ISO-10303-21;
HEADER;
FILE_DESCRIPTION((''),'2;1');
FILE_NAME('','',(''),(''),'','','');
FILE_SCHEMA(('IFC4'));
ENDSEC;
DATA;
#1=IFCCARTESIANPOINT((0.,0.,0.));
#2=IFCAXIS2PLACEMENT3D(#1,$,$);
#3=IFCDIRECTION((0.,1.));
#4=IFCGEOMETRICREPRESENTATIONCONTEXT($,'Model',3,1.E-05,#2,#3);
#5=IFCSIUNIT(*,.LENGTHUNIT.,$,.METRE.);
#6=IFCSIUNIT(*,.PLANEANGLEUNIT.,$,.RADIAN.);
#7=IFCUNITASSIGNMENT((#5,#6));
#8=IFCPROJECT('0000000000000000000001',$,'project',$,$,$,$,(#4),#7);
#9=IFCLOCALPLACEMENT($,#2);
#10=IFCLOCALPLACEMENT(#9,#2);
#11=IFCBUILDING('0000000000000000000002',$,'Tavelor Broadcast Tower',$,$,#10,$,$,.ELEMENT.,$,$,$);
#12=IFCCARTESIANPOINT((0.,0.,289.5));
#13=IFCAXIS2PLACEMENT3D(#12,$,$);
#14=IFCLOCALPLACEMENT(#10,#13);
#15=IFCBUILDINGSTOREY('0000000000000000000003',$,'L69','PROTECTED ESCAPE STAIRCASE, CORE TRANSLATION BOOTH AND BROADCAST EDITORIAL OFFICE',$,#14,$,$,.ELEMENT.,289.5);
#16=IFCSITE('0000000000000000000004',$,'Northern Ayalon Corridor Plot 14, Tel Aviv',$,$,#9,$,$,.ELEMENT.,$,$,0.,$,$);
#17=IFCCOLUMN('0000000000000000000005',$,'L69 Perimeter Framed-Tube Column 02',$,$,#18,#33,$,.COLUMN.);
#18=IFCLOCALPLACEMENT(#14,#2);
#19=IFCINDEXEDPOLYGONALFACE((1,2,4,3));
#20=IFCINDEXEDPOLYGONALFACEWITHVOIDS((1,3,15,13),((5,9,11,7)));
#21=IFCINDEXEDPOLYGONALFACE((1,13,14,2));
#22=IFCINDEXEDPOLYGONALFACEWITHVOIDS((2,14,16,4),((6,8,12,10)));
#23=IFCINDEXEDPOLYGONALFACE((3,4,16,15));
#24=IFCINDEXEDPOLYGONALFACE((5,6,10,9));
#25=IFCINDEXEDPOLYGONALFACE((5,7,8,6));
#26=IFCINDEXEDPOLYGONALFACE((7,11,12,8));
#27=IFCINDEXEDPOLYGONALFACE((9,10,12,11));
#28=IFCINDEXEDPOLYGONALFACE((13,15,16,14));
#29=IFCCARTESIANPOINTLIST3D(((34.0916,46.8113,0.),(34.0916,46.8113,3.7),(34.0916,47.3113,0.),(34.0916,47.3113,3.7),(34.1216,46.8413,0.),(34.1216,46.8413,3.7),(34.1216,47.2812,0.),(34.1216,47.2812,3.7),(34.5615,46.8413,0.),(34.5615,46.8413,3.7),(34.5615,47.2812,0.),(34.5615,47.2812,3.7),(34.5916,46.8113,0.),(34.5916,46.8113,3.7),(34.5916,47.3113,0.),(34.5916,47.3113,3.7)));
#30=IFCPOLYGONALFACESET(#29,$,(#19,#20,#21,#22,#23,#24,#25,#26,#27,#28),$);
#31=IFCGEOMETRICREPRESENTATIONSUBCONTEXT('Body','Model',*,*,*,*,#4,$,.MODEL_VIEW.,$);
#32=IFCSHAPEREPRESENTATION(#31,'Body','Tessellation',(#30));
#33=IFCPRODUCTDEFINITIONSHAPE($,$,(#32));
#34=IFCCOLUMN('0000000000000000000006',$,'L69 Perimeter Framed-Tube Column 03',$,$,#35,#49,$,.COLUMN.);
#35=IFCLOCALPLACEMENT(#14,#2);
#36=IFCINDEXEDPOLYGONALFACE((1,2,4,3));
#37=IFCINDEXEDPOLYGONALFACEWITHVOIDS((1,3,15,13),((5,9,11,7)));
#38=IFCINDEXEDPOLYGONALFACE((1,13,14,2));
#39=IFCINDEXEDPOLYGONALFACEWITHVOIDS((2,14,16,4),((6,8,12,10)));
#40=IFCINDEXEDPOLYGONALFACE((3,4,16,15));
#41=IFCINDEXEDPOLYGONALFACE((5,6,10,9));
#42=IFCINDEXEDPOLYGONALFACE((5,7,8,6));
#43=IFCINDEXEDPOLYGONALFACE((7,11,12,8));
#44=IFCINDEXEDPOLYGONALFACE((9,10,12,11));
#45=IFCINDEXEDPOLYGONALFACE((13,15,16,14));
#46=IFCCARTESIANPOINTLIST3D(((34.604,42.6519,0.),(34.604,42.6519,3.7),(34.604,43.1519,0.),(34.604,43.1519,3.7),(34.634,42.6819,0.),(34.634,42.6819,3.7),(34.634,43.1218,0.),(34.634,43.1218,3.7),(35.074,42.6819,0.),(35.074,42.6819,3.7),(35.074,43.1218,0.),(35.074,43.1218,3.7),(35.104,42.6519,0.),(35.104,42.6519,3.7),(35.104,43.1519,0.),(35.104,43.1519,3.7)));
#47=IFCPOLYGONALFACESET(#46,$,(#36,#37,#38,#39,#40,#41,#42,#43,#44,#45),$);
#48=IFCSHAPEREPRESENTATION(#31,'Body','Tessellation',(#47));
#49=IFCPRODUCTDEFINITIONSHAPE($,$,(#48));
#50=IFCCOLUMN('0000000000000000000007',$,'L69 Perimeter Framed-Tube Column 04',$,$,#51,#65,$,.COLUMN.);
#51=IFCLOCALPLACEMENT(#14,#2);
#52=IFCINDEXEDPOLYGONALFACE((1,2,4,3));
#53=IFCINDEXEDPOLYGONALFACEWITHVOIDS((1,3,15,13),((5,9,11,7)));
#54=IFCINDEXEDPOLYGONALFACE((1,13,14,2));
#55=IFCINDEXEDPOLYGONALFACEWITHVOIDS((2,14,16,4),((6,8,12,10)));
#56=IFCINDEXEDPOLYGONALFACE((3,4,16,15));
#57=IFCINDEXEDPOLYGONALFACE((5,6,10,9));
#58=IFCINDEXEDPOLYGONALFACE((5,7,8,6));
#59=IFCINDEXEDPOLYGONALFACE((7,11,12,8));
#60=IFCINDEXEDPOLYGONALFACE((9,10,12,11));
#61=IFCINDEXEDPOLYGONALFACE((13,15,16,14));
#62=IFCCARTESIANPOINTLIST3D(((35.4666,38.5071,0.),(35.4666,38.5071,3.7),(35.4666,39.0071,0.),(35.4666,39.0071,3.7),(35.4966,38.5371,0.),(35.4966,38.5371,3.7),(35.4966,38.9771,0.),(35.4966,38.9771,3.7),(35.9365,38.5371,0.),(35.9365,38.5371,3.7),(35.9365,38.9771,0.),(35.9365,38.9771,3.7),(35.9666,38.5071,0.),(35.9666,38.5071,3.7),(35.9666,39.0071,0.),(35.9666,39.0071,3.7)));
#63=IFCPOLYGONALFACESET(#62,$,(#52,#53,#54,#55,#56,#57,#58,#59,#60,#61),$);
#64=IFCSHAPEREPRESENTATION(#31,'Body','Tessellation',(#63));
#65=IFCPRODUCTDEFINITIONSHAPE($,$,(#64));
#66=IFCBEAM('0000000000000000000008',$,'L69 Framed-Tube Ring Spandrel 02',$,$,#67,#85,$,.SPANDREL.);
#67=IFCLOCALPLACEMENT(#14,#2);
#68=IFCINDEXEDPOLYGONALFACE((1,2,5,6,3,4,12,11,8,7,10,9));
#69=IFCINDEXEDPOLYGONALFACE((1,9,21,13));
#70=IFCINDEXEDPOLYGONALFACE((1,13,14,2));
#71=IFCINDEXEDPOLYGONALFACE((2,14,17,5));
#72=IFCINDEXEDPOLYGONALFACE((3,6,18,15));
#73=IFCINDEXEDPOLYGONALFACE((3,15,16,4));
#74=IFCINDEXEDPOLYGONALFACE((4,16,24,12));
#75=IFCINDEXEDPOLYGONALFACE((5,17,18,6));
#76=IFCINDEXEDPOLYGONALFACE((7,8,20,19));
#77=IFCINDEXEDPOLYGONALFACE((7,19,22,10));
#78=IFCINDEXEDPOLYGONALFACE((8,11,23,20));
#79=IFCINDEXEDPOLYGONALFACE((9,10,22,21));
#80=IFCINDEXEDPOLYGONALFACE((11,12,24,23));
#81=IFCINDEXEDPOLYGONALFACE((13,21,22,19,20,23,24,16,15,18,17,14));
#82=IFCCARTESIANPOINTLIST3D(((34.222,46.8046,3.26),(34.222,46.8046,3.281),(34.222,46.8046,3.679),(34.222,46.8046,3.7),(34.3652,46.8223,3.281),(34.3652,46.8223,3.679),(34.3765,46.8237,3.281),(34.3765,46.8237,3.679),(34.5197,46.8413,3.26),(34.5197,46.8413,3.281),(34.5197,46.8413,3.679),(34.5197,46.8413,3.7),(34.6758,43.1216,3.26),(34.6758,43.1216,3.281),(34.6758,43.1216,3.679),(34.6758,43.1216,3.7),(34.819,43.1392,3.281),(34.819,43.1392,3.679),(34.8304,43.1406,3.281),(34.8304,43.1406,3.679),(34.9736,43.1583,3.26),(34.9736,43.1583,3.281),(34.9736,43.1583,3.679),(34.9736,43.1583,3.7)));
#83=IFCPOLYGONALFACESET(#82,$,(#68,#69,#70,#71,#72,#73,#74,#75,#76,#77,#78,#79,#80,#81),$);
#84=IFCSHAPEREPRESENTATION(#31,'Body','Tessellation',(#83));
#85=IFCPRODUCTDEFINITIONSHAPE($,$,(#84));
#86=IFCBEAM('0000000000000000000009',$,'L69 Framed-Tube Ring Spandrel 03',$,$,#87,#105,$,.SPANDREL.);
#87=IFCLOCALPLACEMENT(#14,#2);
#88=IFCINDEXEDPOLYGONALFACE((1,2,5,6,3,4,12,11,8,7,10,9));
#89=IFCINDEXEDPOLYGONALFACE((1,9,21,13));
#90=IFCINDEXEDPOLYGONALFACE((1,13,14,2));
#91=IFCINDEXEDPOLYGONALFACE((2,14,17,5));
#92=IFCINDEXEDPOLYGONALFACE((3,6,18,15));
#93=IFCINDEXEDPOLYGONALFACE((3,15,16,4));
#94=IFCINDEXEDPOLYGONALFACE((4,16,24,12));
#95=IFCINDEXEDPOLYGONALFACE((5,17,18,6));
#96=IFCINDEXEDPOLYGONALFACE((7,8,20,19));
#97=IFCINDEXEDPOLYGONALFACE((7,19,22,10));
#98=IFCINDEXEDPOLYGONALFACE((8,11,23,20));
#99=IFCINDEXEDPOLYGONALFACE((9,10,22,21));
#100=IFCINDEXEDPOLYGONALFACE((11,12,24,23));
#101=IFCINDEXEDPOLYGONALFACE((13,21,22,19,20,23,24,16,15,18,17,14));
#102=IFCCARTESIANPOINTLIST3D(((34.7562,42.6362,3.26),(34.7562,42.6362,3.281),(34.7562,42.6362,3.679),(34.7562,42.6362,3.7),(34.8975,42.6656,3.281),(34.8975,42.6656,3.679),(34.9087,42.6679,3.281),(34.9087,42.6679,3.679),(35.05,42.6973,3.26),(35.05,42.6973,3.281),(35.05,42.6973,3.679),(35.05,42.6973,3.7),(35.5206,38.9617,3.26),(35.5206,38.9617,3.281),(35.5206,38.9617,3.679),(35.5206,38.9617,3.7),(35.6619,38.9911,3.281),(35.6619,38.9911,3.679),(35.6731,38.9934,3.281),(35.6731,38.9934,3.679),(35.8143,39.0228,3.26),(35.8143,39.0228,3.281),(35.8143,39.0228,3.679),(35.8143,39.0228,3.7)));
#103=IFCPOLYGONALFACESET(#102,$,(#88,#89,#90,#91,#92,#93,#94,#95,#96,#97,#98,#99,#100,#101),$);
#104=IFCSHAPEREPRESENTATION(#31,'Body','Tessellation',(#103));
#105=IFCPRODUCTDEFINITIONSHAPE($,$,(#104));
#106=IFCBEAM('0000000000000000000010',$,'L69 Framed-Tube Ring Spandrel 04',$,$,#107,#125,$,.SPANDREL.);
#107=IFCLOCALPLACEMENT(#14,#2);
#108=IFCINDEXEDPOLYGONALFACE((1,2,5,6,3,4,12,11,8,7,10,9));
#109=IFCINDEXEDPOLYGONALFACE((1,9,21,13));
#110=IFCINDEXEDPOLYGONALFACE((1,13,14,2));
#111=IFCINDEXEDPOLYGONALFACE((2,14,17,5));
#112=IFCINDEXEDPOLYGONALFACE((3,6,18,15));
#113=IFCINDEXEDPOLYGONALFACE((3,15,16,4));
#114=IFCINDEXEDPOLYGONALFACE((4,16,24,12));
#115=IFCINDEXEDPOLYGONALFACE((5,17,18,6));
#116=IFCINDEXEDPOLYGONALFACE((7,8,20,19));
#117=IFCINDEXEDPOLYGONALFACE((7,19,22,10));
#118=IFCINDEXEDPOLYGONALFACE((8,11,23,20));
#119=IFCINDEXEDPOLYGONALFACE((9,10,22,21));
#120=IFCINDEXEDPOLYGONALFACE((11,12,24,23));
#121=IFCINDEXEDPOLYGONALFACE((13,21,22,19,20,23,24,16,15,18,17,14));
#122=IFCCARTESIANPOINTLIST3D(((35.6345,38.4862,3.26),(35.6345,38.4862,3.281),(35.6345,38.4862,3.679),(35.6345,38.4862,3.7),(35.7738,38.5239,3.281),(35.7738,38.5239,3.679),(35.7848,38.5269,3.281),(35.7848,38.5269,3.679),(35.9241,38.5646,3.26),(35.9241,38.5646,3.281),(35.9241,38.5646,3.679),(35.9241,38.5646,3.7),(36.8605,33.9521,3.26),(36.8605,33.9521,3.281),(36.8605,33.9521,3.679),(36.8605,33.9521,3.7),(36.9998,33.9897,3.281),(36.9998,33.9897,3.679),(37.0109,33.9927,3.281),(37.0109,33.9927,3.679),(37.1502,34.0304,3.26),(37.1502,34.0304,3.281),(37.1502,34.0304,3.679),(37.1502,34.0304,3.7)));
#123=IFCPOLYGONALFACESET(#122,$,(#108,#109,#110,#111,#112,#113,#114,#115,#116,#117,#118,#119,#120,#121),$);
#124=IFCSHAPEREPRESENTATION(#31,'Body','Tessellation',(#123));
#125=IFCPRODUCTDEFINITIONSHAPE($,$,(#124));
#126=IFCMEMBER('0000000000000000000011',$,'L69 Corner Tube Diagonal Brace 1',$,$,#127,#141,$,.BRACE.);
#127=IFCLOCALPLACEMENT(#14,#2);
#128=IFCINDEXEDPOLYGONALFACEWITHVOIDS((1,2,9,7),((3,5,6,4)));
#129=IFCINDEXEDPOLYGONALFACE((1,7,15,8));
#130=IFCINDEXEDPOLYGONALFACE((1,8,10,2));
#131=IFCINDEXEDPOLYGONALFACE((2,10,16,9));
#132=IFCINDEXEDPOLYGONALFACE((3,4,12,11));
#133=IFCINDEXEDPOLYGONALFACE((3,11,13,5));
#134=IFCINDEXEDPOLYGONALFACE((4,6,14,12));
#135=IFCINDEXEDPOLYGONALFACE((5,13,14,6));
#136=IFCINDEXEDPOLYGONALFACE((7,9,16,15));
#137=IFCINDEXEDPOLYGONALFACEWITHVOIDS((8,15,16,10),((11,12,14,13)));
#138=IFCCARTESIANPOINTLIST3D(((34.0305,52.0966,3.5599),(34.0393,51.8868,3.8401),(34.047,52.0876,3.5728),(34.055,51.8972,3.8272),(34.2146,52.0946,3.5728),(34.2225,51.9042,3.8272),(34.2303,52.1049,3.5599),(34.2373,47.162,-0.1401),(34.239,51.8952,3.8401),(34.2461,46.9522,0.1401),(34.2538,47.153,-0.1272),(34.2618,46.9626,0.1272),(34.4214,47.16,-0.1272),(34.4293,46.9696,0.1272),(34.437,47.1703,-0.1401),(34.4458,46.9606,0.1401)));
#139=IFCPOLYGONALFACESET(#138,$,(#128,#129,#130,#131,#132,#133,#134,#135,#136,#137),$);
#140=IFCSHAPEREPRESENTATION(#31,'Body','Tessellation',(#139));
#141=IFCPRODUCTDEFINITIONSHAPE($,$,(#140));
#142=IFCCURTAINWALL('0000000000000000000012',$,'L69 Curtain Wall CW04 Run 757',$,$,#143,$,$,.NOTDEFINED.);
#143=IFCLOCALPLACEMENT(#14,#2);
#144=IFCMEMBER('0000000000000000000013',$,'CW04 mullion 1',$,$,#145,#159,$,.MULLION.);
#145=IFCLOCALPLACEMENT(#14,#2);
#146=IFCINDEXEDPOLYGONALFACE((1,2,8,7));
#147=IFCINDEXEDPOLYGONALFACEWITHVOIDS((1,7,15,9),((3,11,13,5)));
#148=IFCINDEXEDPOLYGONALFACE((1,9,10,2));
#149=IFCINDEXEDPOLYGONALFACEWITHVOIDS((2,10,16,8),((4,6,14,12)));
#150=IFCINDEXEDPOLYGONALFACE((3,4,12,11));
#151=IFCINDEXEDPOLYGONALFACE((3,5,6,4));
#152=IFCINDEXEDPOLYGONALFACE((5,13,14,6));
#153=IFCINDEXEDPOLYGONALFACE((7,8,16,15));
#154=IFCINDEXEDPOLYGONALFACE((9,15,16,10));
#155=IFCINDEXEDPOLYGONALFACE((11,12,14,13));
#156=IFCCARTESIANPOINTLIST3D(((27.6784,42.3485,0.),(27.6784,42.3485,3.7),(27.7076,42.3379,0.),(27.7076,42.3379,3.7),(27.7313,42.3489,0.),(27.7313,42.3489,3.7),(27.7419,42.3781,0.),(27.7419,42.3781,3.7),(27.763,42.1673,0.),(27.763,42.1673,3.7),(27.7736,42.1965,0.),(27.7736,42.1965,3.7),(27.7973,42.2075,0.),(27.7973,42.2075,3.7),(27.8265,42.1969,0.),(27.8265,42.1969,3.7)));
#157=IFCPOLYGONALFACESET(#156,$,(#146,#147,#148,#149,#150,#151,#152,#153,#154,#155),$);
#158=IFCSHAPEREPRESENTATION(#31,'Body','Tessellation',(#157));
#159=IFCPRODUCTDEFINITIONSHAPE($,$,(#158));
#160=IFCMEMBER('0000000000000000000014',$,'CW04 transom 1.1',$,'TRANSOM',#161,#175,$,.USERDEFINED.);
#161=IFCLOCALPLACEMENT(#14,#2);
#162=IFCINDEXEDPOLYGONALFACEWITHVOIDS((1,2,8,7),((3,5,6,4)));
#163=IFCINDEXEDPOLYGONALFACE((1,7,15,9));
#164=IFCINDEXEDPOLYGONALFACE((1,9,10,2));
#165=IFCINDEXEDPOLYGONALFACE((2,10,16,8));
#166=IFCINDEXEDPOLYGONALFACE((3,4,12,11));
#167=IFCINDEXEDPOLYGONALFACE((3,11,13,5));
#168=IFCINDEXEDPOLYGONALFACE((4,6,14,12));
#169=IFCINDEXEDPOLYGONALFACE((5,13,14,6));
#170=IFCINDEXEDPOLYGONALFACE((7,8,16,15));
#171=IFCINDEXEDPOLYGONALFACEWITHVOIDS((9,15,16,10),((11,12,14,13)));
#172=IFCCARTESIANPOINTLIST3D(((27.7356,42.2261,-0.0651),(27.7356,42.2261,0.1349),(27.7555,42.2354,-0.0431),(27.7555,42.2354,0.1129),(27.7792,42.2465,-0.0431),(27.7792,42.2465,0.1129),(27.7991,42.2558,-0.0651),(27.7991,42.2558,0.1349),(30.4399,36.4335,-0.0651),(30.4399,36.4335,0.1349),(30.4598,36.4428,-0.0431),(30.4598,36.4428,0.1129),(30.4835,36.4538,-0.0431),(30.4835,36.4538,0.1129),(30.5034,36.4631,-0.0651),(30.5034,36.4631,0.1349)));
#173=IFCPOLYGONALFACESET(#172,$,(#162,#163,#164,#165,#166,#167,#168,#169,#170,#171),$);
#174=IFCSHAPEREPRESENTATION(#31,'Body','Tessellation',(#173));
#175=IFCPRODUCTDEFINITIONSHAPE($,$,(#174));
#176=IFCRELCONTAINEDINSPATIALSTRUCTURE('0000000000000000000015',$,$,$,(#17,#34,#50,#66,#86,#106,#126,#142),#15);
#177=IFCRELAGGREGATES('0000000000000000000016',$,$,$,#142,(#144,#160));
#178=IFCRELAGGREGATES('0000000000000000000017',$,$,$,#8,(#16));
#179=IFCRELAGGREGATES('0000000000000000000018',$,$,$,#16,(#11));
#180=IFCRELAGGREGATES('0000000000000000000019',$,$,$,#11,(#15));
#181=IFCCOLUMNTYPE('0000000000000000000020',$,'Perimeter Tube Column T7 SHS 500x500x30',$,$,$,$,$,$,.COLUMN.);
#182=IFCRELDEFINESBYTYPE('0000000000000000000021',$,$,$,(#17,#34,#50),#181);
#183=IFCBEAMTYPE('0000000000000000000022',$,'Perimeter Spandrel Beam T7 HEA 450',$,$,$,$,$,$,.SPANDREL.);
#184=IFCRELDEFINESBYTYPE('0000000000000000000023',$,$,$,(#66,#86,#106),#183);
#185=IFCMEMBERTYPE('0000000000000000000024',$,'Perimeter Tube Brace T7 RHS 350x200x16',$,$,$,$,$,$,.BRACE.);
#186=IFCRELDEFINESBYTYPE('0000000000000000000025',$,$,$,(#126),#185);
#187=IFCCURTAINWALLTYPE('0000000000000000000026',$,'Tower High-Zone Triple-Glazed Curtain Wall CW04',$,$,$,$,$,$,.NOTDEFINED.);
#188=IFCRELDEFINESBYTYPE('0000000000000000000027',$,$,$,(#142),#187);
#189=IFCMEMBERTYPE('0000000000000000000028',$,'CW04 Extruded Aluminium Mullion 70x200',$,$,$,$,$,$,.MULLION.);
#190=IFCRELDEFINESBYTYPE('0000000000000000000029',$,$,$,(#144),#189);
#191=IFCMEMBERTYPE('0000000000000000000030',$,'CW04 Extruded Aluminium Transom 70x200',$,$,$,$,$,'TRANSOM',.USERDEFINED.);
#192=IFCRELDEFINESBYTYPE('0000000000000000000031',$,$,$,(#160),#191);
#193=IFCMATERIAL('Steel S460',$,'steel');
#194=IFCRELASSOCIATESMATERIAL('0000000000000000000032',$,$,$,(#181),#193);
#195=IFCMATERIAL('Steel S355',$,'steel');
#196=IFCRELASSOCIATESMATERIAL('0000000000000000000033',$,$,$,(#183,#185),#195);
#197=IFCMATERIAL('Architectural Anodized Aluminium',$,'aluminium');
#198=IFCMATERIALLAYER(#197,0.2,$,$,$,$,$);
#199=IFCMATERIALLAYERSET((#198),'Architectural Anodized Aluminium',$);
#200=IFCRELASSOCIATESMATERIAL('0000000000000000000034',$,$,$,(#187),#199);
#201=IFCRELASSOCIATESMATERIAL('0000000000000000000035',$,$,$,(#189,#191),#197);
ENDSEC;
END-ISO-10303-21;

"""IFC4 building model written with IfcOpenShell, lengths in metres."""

from ifc_helpers import new_model, si_unit, direction, frame, origin, origin_2d, place, context, subcontext, project, spatial, hollow_rectangle, i_section, extrude, source, transform, mapped, material, layer, layer_set, material_profile, profile_set, type_object, type_shapes, element, aggregate, save


model = new_model("IFC4")

# Units and contexts
model_context = context("Model", 3, precision=1e-05, world=origin(), true_north=direction((0.0, 1.0)))
body_context = subcontext(model_context, "Body", "Model", "MODEL_VIEW")
ifc_project = project(units=[si_unit("LENGTHUNIT", "METRE"), si_unit("PLANEANGLEUNIT", "RADIAN")], contexts=[model_context])

# Site, building, storey
site_placement = place(None, origin())
site = spatial("IfcSite", under=ifc_project, at=site_placement, Name="Northern Ayalon Corridor Plot 14, Tel Aviv", CompositionType="ELEMENT", RefElevation=0.0)
building_placement = place(site_placement, origin())
building = spatial("IfcBuilding", under=site, at=building_placement, Name="Tavelor Broadcast Tower", CompositionType="ELEMENT")
storey_placement = place(building_placement, frame((0.0, 0.0, 289.5)))
storey = spatial("IfcBuildingStorey", under=building, at=storey_placement, Name="L69", Description="PROTECTED ESCAPE STAIRCASE, CORE TRANSLATION BOOTH AND BROADCAST EDITORIAL OFFICE", CompositionType="ELEMENT", Elevation=289.5)

# Columns
ifc_material_1 = material(Name="Steel S460", Category="steel")
ifc_material_profile_1 = material_profile(ifc_material_1, hollow_rectangle(XDim=0.5, YDim=0.5, WallThickness=0.03, at=origin_2d()), Name="SHS 500x500x30")
ifc_profile_set_1 = profile_set([ifc_material_profile_1], Name="Steel S460")
column_type = type_object("IfcColumnType", Name="Perimeter Tube Column T7 SHS 500x500x30", PredefinedType="COLUMN", material=ifc_profile_set_1)
for number, where, z_axis, x_axis, name in (
    (1, (34.3416, 47.0613, 0.0), (0.0, 0.0, 1.0), (1.0, 0.0, 0.0), "L69 Perimeter Framed-Tube Column 02"),
    (2, (34.854, 42.9019, 0.0), (0.0, 0.0, 1.0), (1.0, 0.0, 0.0), "L69 Perimeter Framed-Tube Column 03"),
    (3, (35.7166, 38.7571, 0.0), (0.0, 0.0, 1.0), (1.0, 0.0, 0.0), "L69 Perimeter Framed-Tube Column 04"),
):
    element("IfcColumn", number, at=place(storey_placement, frame(where, z_axis=z_axis, x_axis=x_axis)), inside=storey, type_object=column_type, Name=name, PredefinedType="COLUMN", context=body_context, shape_type="SweptSolid", body=[
        extrude(hollow_rectangle(XDim=0.5, YDim=0.5, WallThickness=0.03, at=origin_2d()), origin(), (0.0, 0.0, 1.0), 3.7),
    ])

# Beams
ifc_material_2 = material(Name="Steel S355", Category="steel")
ifc_material_profile_2 = material_profile(ifc_material_2, i_section(OverallWidth=0.3, OverallDepth=0.4399, WebThickness=0.0115, FlangeThickness=0.021, at=origin_2d()), Name="HEA 450")
ifc_profile_set_2 = profile_set([ifc_material_profile_2], Name="Steel S355")
beam_type = type_object("IfcBeamType", Name="Perimeter Spandrel Beam T7 HEA 450", PredefinedType="SPANDREL", material=ifc_profile_set_2)
beam_1_placement = place(storey_placement, frame((34.3708, 46.823, 3.48), z_axis=(0.122302, -0.992493, 0.0), x_axis=(0.992493, 0.122302, 0.0)))
element("IfcBeam", 4, at=beam_1_placement, inside=storey, type_object=beam_type, Name="L69 Framed-Tube Ring Spandrel 02", PredefinedType="SPANDREL", context=body_context, shape_type="SweptSolid", body=[
    extrude(i_section(OverallWidth=0.3, OverallDepth=0.4399, WebThickness=0.0115, FlangeThickness=0.021, at=origin_2d()), origin(), (0.0, 0.0, 1.0), 3.7109),
])
beam_2_placement = place(storey_placement, frame((34.9031, 42.6667, 3.48), z_axis=(0.203666, -0.97904, 0.0), x_axis=(0.97904, 0.203666, 0.0)))
element("IfcBeam", 5, at=beam_2_placement, inside=storey, type_object=beam_type, Name="L69 Framed-Tube Ring Spandrel 03", PredefinedType="SPANDREL", context=body_context, shape_type="SweptSolid", body=[
    extrude(i_section(OverallWidth=0.3, OverallDepth=0.4399, WebThickness=0.0115, FlangeThickness=0.021, at=origin_2d()), origin(), (0.0, 0.0, 1.0), 3.7532),
])
beam_3_placement = place(storey_placement, frame((35.7793, 38.5254, 3.48), z_axis=(0.261032, -0.96533, 0.0), x_axis=(0.96533, 0.261032, 0.0)))
element("IfcBeam", 6, at=beam_3_placement, inside=storey, type_object=beam_type, Name="L69 Framed-Tube Ring Spandrel 04", PredefinedType="SPANDREL", context=body_context, shape_type="SweptSolid", body=[
    extrude(i_section(OverallWidth=0.3, OverallDepth=0.4399, WebThickness=0.0115, FlangeThickness=0.021, at=origin_2d()), origin(), (0.0, 0.0, 1.0), 4.697),
])

# Member
ifc_material_profile_3 = material_profile(ifc_material_2, hollow_rectangle(XDim=0.2, YDim=0.3501, WallThickness=0.0161, at=origin_2d()), Name="RHS 350x200x16")
ifc_profile_set_3 = profile_set([ifc_material_profile_3], Name="Steel S355")
member_type_1 = type_object("IfcMemberType", Name="Perimeter Tube Brace T7 RHS 350x200x16", PredefinedType="BRACE", material=ifc_profile_set_3)
member_1_placement = place(storey_placement, frame((34.3416, 47.0613, 0.0), z_axis=(-0.033509, 0.799627, 0.599562), x_axis=(-0.999123, -0.041869, 0.0)))
element("IfcMember", 7, at=member_1_placement, inside=storey, type_object=member_type_1, Name="L69 Corner Tube Diagonal Brace 1", PredefinedType="BRACE", context=body_context, shape_type="SweptSolid", body=[
    extrude(hollow_rectangle(XDim=0.2, YDim=0.3501, WallThickness=0.0161, at=origin_2d()), origin(), (0.0, 0.0, 1.0), 6.1711),
])

# Curtain wall, members
ifc_material_3 = material(Name="Architectural Anodized Aluminium", Category="aluminium")
ifc_layer_1 = layer(ifc_material_3, 0.2)
ifc_layer_set_1 = layer_set([ifc_layer_1], Name="Architectural Anodized Aluminium")
curtain_wall_type = type_object("IfcCurtainWallType", Name="Tower High-Zone Triple-Glazed Curtain Wall CW04", PredefinedType="NOTDEFINED", material=ifc_layer_set_1)
curtain_wall_placement = place(storey_placement, origin())
curtain_wall = element("IfcCurtainWall", 8, at=curtain_wall_placement, inside=storey, type_object=curtain_wall_type, Name="L69 Curtain Wall CW04 Run 757", PredefinedType="NOTDEFINED")
ifc_material_profile_4 = material_profile(ifc_material_3, hollow_rectangle(XDim=0.0701, YDim=0.2, WallThickness=0.022, at=origin_2d()), Name="RHS 70x200x22")
ifc_profile_set_4 = profile_set([ifc_material_profile_4], Name="Architectural Anodized Aluminium")
member_type_2 = type_object("IfcMemberType", Name="CW04 Extruded Aluminium Mullion 70x200", PredefinedType="MULLION", material=ifc_profile_set_4)
shared_shape_1 = source(origin(), body_context, "Body", "SweptSolid", [
    extrude(hollow_rectangle(XDim=0.0701, YDim=0.2, WallThickness=0.022, at=origin_2d()), origin(), (0.0, 0.0, 1.0), 3.7),
])
type_shapes(member_type_2, [shared_shape_1])
member_2_placement = place(storey_placement, frame((27.7524, 42.2727, 0.0), z_axis=(0.0, 0.0, 1.0), x_axis=(0.906129, 0.423002, 0.0)))
member_2 = element("IfcMember", 9, at=member_2_placement, type_object=member_type_2, Name="CW04 mullion 1", PredefinedType="MULLION", context=body_context, shape_type="MappedRepresentation", body=[
    mapped(shared_shape_1, transform((0.0, 0.0, 0.0), scale=1.0)),
])
ifc_material_profile_5 = material_profile(ifc_material_3, hollow_rectangle(XDim=0.0701, YDim=0.2, WallThickness=0.022, at=origin_2d()), Name="RHS 70x200x22")
ifc_profile_set_5 = profile_set([ifc_material_profile_5], Name="Architectural Anodized Aluminium")
member_type_3 = type_object("IfcMemberType", Name="CW04 Extruded Aluminium Transom 70x200", ElementType="TRANSOM", PredefinedType="USERDEFINED", material=ifc_profile_set_5)
shared_shape_2 = source(origin(), body_context, "Body", "SweptSolid", [
    extrude(hollow_rectangle(XDim=0.0701, YDim=0.2, WallThickness=0.022, at=origin_2d()), origin(), (0.0, 0.0, 1.0), 6.3928),
])
type_shapes(member_type_3, [shared_shape_2])
member_3_placement = place(storey_placement, frame((27.7673, 42.241, 0.0349), z_axis=(0.423023, -0.906119, 0.0), x_axis=(0.906119, 0.423023, 0.0)))
member_3 = element("IfcMember", 10, at=member_3_placement, type_object=member_type_3, Name="CW04 transom 1.1", ObjectType="TRANSOM", PredefinedType="USERDEFINED", context=body_context, shape_type="MappedRepresentation", body=[
    mapped(shared_shape_2, transform((0.0, 0.0, 0.0), scale=1.0)),
])

aggregate(curtain_wall, [member_2, member_3])

save(model, "model.ifc")
